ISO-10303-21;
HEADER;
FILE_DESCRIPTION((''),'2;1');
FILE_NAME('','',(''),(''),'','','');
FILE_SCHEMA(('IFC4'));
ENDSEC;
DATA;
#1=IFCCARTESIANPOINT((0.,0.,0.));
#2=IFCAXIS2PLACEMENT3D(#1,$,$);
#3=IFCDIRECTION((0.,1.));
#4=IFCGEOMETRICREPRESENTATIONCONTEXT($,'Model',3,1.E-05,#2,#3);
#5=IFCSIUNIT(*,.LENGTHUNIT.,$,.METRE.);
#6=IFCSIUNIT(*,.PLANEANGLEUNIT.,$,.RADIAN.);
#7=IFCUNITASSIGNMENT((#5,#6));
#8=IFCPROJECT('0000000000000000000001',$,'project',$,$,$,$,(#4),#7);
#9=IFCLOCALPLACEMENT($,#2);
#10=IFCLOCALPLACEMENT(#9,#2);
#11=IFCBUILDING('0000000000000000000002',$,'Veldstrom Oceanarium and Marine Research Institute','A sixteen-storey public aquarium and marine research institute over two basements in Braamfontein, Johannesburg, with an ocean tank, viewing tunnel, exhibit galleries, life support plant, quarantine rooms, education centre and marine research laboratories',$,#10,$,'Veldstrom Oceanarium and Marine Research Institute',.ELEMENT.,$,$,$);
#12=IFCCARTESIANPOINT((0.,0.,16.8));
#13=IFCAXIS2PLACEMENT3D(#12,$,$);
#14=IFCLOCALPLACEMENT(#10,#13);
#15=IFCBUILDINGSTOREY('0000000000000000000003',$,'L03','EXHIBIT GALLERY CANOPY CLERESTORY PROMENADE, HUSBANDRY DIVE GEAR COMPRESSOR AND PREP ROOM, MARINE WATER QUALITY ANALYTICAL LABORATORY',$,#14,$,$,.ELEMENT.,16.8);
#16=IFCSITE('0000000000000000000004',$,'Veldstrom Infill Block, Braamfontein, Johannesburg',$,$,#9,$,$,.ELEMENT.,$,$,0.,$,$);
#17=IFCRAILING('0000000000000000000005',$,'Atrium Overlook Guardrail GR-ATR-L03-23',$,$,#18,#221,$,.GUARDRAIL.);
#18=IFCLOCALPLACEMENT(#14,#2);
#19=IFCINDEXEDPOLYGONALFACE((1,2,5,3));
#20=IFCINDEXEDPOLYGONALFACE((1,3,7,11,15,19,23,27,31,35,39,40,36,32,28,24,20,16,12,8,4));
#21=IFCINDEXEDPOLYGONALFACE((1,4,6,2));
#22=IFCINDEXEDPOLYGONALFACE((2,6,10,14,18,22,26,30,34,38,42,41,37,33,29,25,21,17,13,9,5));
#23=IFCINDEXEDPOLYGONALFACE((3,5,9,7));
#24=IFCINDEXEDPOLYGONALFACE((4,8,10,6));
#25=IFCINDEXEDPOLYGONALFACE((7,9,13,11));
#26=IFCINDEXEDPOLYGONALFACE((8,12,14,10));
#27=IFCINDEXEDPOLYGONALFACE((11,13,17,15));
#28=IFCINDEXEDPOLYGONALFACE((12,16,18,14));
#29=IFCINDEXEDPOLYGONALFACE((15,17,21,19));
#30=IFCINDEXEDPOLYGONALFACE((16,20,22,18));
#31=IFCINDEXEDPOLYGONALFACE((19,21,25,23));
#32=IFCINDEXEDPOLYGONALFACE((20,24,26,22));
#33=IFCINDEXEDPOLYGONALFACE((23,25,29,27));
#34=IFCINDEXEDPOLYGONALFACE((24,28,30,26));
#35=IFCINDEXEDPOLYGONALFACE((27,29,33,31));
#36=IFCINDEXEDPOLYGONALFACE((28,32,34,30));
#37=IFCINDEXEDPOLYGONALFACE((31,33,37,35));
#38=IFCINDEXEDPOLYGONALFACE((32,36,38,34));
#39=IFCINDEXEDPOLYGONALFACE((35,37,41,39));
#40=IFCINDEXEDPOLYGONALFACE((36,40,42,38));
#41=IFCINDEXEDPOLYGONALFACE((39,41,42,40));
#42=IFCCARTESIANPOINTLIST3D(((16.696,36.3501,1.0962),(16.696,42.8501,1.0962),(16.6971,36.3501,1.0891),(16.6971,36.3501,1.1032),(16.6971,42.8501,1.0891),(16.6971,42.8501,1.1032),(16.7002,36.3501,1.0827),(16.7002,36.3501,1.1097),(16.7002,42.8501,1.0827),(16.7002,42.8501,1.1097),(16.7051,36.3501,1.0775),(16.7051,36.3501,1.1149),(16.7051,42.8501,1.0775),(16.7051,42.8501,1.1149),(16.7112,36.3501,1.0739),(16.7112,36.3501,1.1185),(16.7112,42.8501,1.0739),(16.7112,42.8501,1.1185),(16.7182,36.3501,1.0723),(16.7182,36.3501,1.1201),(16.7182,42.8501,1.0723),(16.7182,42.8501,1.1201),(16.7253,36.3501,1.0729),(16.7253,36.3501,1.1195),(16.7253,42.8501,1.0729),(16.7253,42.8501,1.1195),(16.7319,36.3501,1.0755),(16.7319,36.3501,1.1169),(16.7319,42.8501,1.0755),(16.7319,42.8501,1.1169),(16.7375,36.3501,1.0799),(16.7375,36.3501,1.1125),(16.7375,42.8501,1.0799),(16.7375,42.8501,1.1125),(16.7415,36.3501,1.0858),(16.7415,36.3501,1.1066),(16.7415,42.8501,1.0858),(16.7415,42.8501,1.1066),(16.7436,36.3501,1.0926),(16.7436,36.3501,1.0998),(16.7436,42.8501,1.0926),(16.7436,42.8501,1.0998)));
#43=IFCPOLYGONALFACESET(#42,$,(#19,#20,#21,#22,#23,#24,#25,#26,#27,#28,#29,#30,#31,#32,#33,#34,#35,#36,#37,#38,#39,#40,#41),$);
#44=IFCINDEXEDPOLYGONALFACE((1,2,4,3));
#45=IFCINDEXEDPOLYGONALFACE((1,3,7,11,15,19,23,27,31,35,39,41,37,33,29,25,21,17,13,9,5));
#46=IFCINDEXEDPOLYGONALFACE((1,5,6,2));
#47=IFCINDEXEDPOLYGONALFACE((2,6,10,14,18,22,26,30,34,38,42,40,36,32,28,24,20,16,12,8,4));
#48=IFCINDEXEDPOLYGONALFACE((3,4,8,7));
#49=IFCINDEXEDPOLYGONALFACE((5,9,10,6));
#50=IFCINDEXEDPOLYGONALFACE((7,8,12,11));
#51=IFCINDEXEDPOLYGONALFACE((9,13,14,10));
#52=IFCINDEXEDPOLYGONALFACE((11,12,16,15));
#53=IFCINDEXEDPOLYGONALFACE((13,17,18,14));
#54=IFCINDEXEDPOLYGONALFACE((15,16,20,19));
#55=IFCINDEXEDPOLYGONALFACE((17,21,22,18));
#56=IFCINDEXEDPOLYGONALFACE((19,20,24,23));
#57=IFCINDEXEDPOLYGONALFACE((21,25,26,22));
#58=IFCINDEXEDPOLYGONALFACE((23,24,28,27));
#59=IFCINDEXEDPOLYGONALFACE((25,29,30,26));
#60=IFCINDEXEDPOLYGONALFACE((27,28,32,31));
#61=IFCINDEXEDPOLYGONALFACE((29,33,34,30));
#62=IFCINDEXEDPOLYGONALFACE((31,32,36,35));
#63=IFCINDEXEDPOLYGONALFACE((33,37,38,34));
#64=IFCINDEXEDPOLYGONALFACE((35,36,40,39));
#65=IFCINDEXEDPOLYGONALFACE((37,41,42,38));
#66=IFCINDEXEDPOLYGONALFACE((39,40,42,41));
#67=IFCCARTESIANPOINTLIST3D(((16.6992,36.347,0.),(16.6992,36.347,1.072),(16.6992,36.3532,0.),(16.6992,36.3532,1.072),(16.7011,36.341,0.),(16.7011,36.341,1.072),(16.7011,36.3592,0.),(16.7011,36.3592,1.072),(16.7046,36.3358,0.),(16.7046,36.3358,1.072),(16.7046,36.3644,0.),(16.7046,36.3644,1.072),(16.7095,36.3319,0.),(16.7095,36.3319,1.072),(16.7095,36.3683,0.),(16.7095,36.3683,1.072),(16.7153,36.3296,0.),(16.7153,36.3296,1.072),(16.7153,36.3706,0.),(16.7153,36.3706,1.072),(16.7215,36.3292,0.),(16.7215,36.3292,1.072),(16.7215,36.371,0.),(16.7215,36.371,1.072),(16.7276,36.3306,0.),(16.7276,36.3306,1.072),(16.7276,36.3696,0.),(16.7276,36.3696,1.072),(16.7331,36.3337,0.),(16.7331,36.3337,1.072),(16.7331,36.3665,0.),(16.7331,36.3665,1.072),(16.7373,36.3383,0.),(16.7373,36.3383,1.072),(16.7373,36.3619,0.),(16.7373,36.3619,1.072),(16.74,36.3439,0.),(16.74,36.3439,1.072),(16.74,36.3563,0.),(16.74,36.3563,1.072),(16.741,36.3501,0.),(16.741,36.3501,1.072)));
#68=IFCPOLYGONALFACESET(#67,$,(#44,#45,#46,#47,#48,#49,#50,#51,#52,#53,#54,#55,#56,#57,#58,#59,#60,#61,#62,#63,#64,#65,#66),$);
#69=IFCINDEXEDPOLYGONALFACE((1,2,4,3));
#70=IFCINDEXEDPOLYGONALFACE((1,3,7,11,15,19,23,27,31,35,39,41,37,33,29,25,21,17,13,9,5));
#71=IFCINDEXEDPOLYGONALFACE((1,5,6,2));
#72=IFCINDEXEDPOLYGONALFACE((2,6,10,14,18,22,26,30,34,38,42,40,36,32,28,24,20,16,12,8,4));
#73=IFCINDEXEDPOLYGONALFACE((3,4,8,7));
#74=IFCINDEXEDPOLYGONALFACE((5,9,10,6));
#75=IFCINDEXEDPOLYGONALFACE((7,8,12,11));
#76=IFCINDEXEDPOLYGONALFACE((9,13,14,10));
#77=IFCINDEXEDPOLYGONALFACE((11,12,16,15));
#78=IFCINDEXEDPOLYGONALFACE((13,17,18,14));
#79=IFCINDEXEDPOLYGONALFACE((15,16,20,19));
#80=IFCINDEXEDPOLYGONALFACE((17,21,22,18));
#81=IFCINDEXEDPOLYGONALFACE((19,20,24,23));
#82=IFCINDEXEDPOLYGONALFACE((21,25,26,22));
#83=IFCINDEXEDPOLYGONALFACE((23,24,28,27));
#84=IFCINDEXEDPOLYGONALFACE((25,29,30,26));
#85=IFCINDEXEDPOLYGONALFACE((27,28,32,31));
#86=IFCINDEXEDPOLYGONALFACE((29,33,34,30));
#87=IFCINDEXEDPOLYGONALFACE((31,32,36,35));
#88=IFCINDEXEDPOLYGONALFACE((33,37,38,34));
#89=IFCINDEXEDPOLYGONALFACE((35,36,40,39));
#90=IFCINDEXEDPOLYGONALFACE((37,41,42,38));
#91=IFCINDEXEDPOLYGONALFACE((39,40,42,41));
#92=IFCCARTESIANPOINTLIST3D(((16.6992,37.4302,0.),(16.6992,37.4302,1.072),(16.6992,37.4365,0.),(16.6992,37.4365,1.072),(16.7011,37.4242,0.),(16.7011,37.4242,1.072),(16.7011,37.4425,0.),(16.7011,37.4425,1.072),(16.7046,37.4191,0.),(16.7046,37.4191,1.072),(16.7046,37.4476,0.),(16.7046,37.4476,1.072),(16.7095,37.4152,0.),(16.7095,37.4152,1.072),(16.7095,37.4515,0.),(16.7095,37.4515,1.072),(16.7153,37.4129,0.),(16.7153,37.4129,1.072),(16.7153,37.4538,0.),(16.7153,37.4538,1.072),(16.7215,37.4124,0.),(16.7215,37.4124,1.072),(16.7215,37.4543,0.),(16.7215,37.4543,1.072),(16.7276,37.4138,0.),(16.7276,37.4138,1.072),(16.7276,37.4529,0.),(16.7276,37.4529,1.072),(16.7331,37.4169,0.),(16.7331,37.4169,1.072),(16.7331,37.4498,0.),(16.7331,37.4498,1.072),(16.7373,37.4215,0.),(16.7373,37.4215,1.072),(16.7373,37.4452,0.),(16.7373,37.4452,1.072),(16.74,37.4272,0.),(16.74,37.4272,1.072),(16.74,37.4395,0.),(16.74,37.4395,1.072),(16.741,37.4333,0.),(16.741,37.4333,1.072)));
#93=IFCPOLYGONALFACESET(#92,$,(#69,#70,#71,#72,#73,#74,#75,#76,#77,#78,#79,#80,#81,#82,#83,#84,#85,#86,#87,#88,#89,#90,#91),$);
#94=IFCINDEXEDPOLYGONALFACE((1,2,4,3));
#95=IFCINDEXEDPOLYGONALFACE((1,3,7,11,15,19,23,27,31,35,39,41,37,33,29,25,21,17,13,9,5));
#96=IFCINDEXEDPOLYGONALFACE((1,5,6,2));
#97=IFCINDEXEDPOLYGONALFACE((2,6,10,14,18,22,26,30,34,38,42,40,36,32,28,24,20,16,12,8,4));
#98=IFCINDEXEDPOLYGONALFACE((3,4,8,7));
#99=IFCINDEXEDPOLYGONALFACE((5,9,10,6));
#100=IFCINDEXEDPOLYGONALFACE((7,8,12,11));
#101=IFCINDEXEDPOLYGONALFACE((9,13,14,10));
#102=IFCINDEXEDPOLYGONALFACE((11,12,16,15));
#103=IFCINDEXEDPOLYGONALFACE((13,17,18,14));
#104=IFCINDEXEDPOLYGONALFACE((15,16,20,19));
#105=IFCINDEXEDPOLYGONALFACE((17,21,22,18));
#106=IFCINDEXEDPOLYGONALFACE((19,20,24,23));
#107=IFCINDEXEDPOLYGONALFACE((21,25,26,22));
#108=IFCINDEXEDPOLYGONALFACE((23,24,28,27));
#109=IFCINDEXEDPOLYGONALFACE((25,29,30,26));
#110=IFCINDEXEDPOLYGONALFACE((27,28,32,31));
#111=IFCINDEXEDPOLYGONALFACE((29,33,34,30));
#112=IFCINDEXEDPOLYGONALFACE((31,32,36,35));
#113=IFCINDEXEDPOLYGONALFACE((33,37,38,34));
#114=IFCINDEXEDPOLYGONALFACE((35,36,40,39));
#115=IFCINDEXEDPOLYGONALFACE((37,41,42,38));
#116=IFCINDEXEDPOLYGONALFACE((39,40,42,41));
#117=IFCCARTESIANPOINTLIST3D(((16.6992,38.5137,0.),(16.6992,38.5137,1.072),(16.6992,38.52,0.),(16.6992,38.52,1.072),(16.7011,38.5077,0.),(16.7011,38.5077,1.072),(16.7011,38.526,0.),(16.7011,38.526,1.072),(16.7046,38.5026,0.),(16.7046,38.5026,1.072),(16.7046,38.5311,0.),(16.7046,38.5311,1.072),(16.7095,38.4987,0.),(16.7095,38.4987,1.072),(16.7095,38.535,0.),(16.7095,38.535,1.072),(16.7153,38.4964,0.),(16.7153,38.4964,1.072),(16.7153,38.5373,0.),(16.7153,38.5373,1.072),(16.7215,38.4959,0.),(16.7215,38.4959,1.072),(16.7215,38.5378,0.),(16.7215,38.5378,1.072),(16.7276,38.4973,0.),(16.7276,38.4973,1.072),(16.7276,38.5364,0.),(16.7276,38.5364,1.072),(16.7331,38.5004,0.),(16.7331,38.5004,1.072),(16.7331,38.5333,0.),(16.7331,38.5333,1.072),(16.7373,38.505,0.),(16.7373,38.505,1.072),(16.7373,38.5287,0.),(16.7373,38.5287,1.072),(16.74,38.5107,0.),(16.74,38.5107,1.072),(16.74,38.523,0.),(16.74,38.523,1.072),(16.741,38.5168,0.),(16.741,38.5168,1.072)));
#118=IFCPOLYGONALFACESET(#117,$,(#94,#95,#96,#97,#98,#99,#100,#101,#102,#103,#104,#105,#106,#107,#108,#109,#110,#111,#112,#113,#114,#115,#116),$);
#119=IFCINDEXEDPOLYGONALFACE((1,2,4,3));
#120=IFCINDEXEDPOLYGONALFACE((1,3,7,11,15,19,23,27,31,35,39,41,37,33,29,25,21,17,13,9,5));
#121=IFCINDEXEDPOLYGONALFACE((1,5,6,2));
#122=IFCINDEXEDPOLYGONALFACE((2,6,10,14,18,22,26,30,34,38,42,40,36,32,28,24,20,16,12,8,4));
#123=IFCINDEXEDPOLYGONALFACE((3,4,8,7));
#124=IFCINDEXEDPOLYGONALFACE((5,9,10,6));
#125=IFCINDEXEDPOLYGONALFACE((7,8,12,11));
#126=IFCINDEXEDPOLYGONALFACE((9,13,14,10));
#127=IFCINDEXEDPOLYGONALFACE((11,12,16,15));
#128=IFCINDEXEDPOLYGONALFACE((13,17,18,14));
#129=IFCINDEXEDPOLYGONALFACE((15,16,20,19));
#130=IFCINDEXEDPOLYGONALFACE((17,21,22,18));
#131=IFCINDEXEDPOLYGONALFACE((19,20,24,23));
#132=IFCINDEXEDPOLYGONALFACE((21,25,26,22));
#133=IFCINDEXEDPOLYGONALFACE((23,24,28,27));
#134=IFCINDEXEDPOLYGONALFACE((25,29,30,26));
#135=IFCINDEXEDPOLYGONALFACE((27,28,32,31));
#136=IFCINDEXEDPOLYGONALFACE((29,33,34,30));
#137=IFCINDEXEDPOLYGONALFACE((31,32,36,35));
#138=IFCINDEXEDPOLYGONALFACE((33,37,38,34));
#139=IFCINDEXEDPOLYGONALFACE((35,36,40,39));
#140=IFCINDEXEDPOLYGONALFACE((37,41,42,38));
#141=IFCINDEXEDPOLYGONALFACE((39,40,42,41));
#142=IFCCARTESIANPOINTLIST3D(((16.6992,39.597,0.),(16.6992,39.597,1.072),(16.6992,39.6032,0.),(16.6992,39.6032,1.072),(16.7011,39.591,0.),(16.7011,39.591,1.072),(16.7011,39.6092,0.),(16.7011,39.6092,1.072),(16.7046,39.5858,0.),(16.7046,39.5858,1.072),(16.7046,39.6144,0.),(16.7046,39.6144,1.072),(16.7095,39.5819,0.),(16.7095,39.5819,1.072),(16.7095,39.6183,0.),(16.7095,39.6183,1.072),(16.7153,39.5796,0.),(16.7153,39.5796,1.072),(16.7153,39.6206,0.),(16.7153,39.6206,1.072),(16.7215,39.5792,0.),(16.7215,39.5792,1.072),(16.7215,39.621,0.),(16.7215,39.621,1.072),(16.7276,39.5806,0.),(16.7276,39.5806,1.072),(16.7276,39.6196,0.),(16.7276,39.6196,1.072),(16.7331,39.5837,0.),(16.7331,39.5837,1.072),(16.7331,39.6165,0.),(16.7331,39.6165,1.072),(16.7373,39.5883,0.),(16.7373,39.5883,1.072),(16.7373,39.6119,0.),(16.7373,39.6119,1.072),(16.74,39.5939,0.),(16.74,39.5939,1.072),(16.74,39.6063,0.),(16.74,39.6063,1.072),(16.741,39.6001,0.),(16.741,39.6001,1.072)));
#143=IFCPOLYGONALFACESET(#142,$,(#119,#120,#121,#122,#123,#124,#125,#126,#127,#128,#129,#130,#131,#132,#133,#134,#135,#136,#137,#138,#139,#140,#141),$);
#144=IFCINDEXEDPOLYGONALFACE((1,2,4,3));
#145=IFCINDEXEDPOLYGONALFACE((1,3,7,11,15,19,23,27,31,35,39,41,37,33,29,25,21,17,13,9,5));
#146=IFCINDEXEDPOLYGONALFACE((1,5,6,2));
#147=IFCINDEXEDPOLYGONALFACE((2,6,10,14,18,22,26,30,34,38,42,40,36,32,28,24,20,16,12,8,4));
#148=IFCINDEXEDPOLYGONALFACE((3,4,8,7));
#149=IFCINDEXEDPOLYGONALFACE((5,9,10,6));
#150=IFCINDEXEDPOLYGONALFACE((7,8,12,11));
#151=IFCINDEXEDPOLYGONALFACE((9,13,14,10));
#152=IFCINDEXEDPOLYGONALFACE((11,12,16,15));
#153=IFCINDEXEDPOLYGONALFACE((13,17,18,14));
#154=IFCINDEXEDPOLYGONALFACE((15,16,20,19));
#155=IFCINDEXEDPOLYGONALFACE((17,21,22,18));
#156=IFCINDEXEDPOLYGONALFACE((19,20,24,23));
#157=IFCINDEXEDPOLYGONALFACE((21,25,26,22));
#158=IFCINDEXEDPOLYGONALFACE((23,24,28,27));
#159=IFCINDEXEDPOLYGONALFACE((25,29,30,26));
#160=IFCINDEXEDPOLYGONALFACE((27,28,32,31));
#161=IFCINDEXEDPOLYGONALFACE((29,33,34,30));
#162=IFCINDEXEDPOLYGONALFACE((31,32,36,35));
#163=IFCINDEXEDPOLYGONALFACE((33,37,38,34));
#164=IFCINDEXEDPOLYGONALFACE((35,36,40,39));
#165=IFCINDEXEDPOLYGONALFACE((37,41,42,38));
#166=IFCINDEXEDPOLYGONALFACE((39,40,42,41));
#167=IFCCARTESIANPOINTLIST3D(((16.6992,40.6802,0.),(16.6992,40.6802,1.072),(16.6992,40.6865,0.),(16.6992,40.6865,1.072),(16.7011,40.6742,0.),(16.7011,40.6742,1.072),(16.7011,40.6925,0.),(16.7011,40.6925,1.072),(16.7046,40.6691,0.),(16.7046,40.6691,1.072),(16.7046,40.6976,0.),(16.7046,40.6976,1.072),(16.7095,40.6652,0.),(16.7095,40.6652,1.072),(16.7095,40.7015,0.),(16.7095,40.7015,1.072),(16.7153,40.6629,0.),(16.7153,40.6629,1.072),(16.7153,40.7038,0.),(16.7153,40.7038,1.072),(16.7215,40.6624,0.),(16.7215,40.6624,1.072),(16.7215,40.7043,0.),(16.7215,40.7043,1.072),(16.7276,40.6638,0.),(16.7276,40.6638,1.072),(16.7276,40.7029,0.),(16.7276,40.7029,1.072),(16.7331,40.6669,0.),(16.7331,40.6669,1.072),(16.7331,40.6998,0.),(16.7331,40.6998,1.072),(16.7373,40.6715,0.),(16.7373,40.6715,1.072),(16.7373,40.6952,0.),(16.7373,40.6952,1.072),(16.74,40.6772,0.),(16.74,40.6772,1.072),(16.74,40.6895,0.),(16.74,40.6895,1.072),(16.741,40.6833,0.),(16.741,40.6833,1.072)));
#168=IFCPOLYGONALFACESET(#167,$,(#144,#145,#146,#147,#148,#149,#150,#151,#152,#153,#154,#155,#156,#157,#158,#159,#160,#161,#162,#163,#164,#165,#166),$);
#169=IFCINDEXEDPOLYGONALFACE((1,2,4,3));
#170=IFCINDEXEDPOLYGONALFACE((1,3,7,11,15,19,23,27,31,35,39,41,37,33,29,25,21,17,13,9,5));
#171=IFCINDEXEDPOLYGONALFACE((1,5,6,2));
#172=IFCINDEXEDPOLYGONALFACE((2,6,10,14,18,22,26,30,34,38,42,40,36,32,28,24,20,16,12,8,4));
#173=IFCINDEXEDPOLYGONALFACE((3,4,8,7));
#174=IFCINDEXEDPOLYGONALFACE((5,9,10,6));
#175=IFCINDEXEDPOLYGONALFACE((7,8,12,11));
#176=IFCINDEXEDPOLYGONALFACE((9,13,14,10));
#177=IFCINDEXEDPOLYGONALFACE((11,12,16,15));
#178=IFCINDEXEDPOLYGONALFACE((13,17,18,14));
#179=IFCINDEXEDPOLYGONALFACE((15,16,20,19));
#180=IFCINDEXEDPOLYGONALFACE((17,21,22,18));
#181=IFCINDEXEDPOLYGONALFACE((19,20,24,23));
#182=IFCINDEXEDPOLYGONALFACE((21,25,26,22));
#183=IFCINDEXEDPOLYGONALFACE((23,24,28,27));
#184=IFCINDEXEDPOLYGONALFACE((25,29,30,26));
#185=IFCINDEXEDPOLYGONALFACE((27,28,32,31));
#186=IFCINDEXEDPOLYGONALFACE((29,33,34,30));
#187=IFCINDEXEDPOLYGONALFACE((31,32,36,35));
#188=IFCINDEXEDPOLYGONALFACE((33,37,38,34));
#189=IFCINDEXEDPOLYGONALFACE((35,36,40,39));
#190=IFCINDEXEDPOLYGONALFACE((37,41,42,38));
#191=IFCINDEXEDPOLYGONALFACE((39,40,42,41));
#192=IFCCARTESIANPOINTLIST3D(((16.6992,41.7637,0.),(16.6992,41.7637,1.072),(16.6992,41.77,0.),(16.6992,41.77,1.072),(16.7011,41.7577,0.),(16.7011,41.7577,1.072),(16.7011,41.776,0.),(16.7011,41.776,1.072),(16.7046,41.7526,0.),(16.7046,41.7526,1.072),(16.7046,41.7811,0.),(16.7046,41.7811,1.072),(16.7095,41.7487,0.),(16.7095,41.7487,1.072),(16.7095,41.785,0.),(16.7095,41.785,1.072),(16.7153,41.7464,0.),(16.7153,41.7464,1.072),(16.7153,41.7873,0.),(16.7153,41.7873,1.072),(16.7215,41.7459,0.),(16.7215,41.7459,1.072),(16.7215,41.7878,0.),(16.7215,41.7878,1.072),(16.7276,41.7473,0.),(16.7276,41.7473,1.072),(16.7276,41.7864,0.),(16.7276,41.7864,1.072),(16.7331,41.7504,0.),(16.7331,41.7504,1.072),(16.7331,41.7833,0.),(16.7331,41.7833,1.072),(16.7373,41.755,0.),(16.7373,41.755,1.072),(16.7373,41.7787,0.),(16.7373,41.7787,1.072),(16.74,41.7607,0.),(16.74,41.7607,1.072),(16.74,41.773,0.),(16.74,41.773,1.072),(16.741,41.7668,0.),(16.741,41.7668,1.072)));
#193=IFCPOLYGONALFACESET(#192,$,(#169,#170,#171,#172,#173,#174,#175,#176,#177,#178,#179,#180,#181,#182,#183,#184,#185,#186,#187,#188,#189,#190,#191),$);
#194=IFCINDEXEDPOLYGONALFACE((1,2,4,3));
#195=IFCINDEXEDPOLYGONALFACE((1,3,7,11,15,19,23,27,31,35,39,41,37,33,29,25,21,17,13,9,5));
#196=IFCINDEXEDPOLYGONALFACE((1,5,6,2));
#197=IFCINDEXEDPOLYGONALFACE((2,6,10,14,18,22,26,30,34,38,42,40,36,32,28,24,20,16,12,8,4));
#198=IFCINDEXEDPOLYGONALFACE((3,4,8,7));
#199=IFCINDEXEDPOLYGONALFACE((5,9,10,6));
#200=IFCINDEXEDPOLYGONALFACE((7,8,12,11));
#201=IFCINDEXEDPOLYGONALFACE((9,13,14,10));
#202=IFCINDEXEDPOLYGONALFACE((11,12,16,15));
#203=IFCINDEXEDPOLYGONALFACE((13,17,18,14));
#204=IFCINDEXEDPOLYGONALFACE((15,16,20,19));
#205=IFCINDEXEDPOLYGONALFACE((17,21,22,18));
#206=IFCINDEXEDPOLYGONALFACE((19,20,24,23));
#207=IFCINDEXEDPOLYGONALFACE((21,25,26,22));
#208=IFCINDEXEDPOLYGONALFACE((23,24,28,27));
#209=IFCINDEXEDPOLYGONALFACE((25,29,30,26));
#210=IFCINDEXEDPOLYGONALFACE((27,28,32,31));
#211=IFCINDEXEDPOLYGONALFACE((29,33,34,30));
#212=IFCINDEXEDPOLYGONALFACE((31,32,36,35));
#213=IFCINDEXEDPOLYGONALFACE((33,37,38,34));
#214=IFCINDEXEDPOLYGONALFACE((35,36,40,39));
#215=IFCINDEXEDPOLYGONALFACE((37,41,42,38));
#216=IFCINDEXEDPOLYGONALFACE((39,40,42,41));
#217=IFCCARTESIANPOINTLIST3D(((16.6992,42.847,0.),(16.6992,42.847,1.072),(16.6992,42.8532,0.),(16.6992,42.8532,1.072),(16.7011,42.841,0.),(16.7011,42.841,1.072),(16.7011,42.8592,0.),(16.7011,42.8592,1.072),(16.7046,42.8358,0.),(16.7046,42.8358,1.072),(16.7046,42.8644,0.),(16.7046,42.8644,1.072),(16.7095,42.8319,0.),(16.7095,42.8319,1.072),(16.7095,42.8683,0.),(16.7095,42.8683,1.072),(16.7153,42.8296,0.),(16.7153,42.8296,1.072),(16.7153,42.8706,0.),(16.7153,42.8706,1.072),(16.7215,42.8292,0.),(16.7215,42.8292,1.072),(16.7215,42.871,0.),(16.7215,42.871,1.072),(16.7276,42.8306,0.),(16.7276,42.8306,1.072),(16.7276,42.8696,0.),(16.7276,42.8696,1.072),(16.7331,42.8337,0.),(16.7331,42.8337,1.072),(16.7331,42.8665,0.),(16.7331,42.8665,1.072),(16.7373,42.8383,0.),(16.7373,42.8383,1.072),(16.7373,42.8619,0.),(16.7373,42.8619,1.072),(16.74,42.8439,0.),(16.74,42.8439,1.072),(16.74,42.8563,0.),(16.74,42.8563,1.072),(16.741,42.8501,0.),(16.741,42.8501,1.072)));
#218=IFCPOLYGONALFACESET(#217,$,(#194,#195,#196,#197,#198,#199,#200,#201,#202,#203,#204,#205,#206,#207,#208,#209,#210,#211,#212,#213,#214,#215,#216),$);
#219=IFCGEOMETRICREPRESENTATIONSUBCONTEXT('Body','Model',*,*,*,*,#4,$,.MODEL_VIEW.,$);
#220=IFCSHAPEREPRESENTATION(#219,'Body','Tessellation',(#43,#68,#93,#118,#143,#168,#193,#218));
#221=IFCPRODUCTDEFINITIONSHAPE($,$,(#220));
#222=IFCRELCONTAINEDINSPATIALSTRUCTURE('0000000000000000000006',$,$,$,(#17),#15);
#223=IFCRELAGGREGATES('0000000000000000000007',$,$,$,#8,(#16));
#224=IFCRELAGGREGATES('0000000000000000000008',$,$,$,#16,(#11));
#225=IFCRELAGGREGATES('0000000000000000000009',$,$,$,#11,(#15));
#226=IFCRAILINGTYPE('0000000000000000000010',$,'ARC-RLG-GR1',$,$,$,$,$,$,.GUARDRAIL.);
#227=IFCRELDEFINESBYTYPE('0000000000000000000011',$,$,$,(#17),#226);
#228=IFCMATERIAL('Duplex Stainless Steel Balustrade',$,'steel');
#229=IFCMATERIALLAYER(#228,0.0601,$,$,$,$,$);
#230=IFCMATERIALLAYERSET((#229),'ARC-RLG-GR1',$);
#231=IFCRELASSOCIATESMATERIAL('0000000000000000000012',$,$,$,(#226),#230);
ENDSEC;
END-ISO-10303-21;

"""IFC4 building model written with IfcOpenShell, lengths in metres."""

from ifc_helpers import new_model, si_unit, direction, frame, origin, origin_2d, place, context, subcontext, project, spatial, circle, extrude, material, layer, layer_set, type_object, element, save


model = new_model("IFC4")

# Units and contexts
model_context = context("Model", 3, precision=1e-05, world=origin(), true_north=direction((0.0, 1.0)))
body_context = subcontext(model_context, "Body", "Model", "MODEL_VIEW")
ifc_project = project(units=[si_unit("LENGTHUNIT", "METRE"), si_unit("PLANEANGLEUNIT", "RADIAN")], contexts=[model_context])

# Site, building, storey
site_placement = place(None, origin())
site = spatial("IfcSite", under=ifc_project, at=site_placement, Name="Veldstrom Infill Block, Braamfontein, Johannesburg", CompositionType="ELEMENT", RefElevation=0.0)
building_placement = place(site_placement, origin())
building = spatial("IfcBuilding", under=site, at=building_placement, Name="Veldstrom Oceanarium and Marine Research Institute", Description="A sixteen-storey public aquarium and marine research institute over two basements in Braamfontein, Johannesburg, with an ocean tank, viewing tunnel, exhibit galleries, life support plant, quarantine rooms, education centre and marine research laboratories", LongName="Veldstrom Oceanarium and Marine Research Institute", CompositionType="ELEMENT")
storey_placement = place(building_placement, frame((0.0, 0.0, 16.8)))
storey = spatial("IfcBuildingStorey", under=building, at=storey_placement, Name="L03", Description="EXHIBIT GALLERY CANOPY CLERESTORY PROMENADE, HUSBANDRY DIVE GEAR COMPRESSOR AND PREP ROOM, MARINE WATER QUALITY ANALYTICAL LABORATORY", CompositionType="ELEMENT", Elevation=16.8)

# Railing
ifc_material_1 = material(Name="Duplex Stainless Steel Balustrade", Category="steel")
ifc_layer_1 = layer(ifc_material_1, 0.0601)
ifc_layer_set_1 = layer_set([ifc_layer_1], Name="ARC-RLG-GR1")
railing_type = type_object("IfcRailingType", Name="ARC-RLG-GR1", PredefinedType="GUARDRAIL", material=ifc_layer_set_1)
railing_1_placement = place(storey_placement, frame((16.72, 36.3501, 0.0)))
element("IfcRailing", 1, at=railing_1_placement, inside=storey, type_object=railing_type, Name="Atrium Overlook Guardrail GR-ATR-L03-23", PredefinedType="GUARDRAIL", context=body_context, shape_type="SweptSolid", body=[
    extrude(circle(Radius=0.0239, at=origin_2d()), frame((0.0, 0.0, 1.0962), z_axis=(0.0, 1.0, 0.0), x_axis=(-1.0, 0.0, 0.0)), (0.0, 0.0, 1.0), 6.5),
    extrude(circle(Radius=0.021, at=origin_2d()), origin(), (0.0, 0.0, 1.0), 1.072),
    extrude(circle(Radius=0.021, at=origin_2d()), frame((0.0, 1.0833, 0.0)), (0.0, 0.0, 1.0), 1.072),
    extrude(circle(Radius=0.021, at=origin_2d()), frame((0.0, 2.1667, 0.0)), (0.0, 0.0, 1.0), 1.072),
    extrude(circle(Radius=0.021, at=origin_2d()), frame((0.0, 3.25, 0.0)), (0.0, 0.0, 1.0), 1.072),
    extrude(circle(Radius=0.021, at=origin_2d()), frame((0.0, 4.3333, 0.0)), (0.0, 0.0, 1.0), 1.072),
    extrude(circle(Radius=0.021, at=origin_2d()), frame((0.0, 5.4167, 0.0)), (0.0, 0.0, 1.0), 1.072),
    extrude(circle(Radius=0.021, at=origin_2d()), frame((0.0, 6.5, 0.0)), (0.0, 0.0, 1.0), 1.072),
])

save(model, "model.ifc")
